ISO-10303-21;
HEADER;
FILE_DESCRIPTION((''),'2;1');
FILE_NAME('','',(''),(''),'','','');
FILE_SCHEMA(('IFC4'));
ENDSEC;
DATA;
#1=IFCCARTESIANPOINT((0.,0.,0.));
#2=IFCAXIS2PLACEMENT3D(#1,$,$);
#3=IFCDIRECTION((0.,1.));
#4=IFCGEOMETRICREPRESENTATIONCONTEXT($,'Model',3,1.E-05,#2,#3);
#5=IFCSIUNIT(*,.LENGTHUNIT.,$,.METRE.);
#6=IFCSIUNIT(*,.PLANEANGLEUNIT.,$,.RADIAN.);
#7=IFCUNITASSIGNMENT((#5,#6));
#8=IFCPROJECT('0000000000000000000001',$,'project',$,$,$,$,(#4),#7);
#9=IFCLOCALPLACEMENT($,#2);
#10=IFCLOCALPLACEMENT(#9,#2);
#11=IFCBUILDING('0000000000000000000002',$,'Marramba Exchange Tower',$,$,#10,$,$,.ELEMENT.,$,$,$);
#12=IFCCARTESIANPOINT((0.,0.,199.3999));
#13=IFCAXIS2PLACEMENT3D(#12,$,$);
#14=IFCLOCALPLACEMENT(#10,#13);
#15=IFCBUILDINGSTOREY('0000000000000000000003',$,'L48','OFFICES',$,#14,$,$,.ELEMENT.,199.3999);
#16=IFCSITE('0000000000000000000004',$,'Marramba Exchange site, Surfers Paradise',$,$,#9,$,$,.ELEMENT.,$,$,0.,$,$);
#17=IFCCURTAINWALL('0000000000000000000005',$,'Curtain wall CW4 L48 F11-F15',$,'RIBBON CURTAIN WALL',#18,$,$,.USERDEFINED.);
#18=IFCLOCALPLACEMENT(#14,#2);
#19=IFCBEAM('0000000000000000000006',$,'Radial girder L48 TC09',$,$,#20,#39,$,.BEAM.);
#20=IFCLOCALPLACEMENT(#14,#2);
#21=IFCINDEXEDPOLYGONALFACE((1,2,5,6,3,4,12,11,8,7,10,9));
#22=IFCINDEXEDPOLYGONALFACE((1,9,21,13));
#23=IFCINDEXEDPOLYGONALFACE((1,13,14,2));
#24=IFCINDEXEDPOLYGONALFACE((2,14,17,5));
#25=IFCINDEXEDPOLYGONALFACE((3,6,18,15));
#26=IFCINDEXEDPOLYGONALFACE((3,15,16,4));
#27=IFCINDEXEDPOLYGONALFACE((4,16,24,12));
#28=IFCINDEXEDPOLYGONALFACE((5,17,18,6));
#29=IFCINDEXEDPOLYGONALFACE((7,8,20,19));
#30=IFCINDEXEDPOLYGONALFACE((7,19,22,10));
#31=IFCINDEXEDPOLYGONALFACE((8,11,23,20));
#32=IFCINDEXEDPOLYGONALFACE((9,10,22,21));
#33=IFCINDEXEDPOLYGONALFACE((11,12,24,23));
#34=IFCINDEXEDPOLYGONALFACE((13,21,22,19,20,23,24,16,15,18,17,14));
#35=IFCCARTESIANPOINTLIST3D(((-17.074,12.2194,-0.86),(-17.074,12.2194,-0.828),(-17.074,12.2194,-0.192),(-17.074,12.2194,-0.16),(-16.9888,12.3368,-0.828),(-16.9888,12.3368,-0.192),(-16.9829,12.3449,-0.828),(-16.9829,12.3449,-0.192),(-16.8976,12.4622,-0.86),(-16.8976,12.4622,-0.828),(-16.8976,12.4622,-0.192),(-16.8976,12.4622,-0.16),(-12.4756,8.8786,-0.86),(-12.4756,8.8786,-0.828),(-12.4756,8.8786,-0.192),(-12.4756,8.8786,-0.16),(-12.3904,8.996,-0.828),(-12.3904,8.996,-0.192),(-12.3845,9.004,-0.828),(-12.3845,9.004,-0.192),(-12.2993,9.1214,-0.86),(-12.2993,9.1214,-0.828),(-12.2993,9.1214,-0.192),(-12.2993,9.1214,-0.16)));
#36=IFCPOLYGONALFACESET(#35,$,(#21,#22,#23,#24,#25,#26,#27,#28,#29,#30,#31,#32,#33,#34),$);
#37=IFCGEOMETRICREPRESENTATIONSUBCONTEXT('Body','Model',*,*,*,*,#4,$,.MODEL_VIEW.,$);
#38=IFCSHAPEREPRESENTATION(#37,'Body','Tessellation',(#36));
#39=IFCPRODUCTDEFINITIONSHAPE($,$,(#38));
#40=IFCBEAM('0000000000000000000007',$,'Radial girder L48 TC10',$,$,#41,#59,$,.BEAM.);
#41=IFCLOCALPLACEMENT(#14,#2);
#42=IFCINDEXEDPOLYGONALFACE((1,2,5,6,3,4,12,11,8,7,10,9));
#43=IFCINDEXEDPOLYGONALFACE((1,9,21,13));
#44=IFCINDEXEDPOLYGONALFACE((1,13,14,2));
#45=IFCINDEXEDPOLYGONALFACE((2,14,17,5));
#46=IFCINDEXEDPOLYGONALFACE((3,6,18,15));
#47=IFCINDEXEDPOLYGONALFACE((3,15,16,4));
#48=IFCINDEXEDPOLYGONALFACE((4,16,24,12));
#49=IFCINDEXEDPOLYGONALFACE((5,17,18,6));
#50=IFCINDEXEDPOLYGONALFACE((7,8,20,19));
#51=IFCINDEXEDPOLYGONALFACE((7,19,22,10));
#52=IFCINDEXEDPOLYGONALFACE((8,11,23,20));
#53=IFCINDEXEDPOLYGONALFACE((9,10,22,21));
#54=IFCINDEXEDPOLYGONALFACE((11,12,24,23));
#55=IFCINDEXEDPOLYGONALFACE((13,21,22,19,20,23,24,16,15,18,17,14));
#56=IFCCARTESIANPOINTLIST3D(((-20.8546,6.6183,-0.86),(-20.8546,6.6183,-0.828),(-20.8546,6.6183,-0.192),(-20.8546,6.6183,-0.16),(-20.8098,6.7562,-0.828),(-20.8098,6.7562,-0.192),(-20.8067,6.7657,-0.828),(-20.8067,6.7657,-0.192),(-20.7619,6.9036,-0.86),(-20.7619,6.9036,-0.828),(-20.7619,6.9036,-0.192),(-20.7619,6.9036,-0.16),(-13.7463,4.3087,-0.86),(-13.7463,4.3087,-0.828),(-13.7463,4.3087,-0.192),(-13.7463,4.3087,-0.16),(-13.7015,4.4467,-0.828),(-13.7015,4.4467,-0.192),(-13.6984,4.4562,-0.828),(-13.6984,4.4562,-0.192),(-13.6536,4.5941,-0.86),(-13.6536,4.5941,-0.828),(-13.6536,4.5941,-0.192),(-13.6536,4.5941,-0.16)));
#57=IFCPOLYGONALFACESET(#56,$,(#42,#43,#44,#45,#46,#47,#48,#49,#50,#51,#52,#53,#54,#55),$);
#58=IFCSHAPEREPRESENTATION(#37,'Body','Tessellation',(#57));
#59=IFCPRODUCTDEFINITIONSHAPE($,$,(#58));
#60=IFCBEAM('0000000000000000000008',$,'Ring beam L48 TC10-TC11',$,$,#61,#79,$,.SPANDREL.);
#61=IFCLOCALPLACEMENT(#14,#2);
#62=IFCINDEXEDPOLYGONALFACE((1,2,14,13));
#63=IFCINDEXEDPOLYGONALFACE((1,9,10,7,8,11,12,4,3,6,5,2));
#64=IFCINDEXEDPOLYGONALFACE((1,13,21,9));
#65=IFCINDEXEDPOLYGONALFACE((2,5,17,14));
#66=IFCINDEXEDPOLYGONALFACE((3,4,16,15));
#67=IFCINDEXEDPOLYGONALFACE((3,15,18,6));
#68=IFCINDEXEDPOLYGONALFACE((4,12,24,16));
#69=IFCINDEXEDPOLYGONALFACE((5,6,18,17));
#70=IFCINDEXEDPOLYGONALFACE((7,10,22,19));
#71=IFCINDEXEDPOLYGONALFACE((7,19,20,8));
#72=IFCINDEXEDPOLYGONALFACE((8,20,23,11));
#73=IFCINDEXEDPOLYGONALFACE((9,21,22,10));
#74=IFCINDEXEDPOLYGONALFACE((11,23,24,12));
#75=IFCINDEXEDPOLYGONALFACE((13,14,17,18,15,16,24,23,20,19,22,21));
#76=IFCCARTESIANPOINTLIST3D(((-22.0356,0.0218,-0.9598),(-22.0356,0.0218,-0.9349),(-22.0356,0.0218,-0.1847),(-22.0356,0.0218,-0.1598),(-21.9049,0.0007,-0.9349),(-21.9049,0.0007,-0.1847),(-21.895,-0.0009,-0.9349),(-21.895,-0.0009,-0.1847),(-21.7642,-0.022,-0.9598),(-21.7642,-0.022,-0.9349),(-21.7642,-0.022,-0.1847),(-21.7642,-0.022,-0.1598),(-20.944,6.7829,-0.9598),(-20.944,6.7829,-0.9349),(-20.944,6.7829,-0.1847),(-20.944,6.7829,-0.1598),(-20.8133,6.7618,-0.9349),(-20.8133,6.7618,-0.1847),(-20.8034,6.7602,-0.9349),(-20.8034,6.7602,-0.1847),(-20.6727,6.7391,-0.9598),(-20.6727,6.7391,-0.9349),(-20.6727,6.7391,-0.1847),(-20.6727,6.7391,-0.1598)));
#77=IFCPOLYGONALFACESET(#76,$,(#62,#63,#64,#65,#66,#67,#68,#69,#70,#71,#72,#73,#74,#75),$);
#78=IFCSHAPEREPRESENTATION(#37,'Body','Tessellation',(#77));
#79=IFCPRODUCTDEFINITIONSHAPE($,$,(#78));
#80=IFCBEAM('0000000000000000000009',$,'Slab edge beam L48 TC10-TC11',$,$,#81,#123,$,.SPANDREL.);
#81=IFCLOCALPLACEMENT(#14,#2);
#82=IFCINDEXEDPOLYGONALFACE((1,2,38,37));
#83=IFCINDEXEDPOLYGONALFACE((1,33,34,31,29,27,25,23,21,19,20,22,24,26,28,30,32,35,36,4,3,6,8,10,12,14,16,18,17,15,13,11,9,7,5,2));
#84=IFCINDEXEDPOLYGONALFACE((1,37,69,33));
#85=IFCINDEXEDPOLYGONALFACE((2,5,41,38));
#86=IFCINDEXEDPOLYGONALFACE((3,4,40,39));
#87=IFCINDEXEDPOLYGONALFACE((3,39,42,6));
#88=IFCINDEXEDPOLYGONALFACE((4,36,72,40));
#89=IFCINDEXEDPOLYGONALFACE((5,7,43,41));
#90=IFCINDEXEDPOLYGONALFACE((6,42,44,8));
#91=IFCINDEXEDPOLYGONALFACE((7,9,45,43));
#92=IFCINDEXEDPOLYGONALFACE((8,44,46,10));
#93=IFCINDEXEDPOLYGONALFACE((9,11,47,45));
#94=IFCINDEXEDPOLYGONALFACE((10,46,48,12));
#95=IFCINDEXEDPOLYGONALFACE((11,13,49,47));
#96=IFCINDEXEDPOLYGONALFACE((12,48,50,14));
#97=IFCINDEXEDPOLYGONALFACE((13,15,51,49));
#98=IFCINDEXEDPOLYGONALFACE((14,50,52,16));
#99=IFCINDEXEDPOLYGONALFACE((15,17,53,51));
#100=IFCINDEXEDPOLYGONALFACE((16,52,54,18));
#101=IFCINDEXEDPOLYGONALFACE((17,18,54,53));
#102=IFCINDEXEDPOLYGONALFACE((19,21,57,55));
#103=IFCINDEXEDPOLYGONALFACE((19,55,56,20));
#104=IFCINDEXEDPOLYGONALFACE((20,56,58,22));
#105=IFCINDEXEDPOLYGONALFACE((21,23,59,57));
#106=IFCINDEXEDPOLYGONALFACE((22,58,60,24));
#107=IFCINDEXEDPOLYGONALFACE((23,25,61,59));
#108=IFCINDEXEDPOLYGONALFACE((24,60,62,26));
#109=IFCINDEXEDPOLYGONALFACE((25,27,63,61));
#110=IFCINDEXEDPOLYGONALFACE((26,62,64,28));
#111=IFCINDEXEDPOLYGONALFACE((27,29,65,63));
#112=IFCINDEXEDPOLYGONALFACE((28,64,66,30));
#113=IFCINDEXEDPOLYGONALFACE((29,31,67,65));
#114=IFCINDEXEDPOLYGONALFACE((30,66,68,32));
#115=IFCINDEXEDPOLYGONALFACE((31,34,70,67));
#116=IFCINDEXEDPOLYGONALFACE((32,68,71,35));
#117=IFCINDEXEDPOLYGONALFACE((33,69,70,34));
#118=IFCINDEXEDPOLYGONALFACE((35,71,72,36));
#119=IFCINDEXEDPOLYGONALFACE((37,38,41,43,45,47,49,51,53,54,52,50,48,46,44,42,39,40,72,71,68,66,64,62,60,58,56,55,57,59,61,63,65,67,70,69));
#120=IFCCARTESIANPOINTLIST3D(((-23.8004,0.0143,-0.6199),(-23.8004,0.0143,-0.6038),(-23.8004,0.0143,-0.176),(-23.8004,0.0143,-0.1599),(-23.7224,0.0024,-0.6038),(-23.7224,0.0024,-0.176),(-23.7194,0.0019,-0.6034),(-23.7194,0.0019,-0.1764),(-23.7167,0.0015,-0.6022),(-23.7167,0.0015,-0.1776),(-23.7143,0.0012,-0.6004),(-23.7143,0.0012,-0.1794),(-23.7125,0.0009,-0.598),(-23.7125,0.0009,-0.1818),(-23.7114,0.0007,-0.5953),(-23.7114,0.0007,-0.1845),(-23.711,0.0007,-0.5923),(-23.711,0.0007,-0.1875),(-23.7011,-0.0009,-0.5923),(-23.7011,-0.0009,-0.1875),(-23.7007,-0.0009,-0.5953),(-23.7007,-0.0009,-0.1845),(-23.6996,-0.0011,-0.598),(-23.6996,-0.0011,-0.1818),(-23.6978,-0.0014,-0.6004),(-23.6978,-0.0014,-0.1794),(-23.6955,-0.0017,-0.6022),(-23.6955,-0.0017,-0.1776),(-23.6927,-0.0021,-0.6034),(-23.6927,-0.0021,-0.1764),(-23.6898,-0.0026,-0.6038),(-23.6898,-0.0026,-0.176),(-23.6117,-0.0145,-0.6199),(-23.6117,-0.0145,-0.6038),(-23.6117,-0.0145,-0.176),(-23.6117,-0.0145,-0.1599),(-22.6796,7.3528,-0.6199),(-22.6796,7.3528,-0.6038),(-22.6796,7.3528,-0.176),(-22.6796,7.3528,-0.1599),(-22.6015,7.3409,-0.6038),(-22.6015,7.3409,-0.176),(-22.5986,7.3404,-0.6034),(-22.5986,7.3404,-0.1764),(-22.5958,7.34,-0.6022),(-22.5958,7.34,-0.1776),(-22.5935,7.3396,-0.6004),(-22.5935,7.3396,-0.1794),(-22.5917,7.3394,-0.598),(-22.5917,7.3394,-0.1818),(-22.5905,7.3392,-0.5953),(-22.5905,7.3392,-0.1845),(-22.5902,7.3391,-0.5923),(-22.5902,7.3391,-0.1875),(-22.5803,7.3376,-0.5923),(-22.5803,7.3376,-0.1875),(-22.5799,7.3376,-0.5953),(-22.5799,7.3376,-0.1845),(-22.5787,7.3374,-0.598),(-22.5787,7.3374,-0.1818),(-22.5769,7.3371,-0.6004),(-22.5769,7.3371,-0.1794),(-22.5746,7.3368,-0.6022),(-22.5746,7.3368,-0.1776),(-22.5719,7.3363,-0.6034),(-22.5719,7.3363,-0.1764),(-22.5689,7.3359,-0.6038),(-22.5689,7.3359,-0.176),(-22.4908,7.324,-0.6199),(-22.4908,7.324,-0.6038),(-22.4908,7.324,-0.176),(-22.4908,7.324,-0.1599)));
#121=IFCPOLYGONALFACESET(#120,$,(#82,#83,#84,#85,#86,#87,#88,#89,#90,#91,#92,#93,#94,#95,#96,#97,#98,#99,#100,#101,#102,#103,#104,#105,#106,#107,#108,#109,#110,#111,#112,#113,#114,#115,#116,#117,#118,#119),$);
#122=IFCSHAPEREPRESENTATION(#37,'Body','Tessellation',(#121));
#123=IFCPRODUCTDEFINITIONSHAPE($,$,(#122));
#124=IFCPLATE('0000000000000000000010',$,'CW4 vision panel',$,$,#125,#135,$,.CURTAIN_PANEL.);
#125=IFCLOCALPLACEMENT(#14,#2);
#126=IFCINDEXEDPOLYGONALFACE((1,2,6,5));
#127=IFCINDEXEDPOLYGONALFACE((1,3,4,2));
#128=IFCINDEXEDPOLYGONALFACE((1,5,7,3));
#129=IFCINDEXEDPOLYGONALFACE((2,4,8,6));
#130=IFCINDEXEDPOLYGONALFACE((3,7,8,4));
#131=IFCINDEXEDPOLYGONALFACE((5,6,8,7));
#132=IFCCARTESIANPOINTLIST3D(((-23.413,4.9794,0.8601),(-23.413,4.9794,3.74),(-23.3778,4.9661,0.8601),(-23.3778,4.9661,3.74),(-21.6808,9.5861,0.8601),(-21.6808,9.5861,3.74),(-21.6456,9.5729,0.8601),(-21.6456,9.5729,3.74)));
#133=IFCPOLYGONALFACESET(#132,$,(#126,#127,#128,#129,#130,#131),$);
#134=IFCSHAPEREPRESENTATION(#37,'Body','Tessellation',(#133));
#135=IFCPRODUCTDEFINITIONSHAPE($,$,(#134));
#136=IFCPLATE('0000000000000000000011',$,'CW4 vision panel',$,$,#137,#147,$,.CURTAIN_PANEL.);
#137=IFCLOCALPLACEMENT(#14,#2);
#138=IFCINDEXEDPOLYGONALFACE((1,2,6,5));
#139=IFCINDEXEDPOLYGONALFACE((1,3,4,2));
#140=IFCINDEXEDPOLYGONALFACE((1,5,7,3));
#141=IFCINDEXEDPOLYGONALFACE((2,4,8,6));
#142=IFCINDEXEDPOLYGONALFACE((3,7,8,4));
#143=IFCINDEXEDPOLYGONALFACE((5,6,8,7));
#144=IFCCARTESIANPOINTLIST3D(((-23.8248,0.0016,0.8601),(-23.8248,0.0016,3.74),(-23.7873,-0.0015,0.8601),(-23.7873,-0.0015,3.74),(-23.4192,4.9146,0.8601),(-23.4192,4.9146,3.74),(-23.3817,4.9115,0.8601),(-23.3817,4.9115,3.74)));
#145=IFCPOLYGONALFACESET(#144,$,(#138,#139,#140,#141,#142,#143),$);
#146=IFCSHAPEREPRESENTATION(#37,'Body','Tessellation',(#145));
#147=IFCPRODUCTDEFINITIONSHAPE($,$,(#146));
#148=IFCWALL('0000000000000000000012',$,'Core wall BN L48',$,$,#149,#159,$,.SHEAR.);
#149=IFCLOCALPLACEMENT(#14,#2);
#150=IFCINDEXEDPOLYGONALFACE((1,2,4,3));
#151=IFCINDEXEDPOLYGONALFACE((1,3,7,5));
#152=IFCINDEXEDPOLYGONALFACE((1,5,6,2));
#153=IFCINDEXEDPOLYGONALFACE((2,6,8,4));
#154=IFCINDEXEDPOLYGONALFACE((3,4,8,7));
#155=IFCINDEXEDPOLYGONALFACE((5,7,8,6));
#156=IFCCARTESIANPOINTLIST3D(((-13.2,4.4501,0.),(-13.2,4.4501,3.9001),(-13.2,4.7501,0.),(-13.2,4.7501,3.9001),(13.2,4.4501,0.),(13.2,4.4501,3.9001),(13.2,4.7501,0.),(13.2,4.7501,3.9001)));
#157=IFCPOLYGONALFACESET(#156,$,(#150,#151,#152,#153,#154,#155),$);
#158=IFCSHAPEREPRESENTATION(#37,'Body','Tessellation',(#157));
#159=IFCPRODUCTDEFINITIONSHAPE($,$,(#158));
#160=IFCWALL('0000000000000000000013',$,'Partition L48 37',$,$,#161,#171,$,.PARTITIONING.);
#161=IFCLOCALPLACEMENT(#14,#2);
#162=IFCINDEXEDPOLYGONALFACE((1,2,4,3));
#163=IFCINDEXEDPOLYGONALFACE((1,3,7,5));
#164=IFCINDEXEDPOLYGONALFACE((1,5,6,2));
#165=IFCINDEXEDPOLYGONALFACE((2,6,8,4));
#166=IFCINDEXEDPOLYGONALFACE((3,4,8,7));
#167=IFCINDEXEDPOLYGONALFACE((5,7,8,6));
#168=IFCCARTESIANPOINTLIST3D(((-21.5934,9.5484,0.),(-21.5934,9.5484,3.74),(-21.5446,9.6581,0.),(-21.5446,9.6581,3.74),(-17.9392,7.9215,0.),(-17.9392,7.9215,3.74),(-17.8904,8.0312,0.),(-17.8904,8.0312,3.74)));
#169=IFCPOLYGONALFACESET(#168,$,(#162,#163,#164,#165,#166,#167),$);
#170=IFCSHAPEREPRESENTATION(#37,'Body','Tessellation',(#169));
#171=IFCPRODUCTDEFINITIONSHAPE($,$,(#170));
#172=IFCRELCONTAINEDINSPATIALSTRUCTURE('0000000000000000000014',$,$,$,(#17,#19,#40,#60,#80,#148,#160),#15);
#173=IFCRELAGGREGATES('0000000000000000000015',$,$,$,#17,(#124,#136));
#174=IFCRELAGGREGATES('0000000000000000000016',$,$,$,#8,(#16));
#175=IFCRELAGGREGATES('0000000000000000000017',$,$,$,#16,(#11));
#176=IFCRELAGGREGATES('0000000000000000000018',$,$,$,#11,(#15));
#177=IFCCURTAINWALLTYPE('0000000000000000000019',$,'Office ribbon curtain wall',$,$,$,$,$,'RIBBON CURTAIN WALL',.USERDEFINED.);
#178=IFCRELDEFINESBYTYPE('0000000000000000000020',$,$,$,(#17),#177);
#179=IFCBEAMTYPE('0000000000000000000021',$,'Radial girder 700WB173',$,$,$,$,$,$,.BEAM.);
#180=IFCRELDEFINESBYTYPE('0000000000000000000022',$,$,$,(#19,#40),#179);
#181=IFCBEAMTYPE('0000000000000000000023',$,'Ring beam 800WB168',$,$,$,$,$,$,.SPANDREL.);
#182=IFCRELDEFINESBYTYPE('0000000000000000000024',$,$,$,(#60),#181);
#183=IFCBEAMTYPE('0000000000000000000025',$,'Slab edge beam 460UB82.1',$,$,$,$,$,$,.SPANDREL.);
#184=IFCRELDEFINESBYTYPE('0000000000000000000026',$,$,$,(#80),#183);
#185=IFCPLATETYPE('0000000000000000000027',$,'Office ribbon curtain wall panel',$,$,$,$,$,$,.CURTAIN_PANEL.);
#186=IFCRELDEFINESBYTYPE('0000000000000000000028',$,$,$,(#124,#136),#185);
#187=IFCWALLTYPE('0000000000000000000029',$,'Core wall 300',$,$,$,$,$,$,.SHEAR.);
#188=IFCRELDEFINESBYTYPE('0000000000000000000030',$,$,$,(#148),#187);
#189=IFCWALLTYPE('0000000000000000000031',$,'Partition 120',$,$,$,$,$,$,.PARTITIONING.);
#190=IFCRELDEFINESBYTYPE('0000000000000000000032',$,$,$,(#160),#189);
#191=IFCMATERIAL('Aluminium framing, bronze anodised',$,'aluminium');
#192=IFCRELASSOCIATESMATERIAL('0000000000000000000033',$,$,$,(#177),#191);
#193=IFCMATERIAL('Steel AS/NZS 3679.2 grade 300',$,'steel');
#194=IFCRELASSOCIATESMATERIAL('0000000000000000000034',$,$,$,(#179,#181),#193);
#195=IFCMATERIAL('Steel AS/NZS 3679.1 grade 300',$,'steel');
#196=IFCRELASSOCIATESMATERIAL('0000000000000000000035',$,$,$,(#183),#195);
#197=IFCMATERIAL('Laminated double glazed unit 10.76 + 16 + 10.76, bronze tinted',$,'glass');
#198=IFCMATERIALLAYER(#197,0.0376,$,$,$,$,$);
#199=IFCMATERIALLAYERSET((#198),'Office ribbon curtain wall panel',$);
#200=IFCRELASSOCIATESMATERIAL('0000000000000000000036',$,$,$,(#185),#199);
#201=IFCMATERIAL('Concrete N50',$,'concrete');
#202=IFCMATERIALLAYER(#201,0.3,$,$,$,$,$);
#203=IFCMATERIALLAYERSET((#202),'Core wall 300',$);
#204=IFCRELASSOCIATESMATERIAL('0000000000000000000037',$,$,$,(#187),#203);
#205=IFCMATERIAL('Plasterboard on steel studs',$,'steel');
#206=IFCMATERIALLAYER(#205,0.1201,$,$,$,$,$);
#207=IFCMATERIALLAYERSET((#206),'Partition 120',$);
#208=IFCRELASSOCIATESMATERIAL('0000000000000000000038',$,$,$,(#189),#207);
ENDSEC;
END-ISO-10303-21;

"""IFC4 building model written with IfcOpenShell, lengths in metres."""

from ifc_helpers import new_model, si_unit, direction, frame, frame_2d, origin, origin_2d, place, context, subcontext, project, spatial, rectangle, i_section, extrude, material, layer, layer_set, material_profile, profile_set, type_object, element, aggregate, save


model = new_model("IFC4")

# Units and contexts
model_context = context("Model", 3, precision=1e-05, world=origin(), true_north=direction((0.0, 1.0)))
body_context = subcontext(model_context, "Body", "Model", "MODEL_VIEW")
ifc_project = project(units=[si_unit("LENGTHUNIT", "METRE"), si_unit("PLANEANGLEUNIT", "RADIAN")], contexts=[model_context])

# Site, building, storey
site_placement = place(None, origin())
site = spatial("IfcSite", under=ifc_project, at=site_placement, Name="Marramba Exchange site, Surfers Paradise", CompositionType="ELEMENT", RefElevation=0.0)
building_placement = place(site_placement, origin())
building = spatial("IfcBuilding", under=site, at=building_placement, Name="Marramba Exchange Tower", CompositionType="ELEMENT")
storey_placement = place(building_placement, frame((0.0, 0.0, 199.3999)))
storey = spatial("IfcBuildingStorey", under=building, at=storey_placement, Name="L48", Description="OFFICES", CompositionType="ELEMENT", Elevation=199.3999)

# Shared definitions
ifc_material_1 = material(Name="Concrete N50", Category="concrete")

# Shared definitions
ifc_material_2 = material(Name="Steel AS/NZS 3679.2 grade 300", Category="steel")
ifc_material_3 = material(Name="Steel AS/NZS 3679.1 grade 300", Category="steel")

# Curtain wall
ifc_material_4 = material(Name="Aluminium framing, bronze anodised", Category="aluminium")
curtain_wall_type = type_object("IfcCurtainWallType", Name="Office ribbon curtain wall", ElementType="RIBBON CURTAIN WALL", PredefinedType="USERDEFINED", material=ifc_material_4)
curtain_wall_placement = place(storey_placement, origin())
curtain_wall = element("IfcCurtainWall", 1, at=curtain_wall_placement, inside=storey, type_object=curtain_wall_type, Name="Curtain wall CW4 L48 F11-F15", ObjectType="RIBBON CURTAIN WALL", PredefinedType="USERDEFINED")

# Beams
ifc_material_profile_1 = material_profile(ifc_material_2, i_section(OverallWidth=0.3, OverallDepth=0.7, WebThickness=0.01, FlangeThickness=0.032, at=origin_2d()), Name="700WB173")
ifc_profile_set_1 = profile_set([ifc_material_profile_1], Name="Steel AS/NZS 3679.2 grade 300")
beam_type_1 = type_object("IfcBeamType", Name="Radial girder 700WB173", PredefinedType="BEAM", material=ifc_profile_set_1)
beam_1_placement = place(storey_placement, frame((-12.3875, 9.0, -0.51), z_axis=(-0.809026, 0.587773, 0.0), x_axis=(-0.587773, -0.809026, 0.0)))
element("IfcBeam", 2, at=beam_1_placement, inside=storey, type_object=beam_type_1, Name="Radial girder L48 TC09", PredefinedType="BEAM", context=body_context, shape_type="SweptSolid", body=[
    extrude(i_section(OverallWidth=0.3, OverallDepth=0.7, WebThickness=0.01, FlangeThickness=0.032, at=origin_2d()), origin(), (0.0, 0.0, 1.0), 5.6838),
])
beam_2_placement = place(storey_placement, frame((-13.7, 4.4514, -0.51), z_axis=(-0.95106, 0.309006, 0.0), x_axis=(-0.309006, -0.95106, 0.0)))
element("IfcBeam", 3, at=beam_2_placement, inside=storey, type_object=beam_type_1, Name="Radial girder L48 TC10", PredefinedType="BEAM", context=body_context, shape_type="SweptSolid", body=[
    extrude(i_section(OverallWidth=0.3, OverallDepth=0.7, WebThickness=0.01, FlangeThickness=0.032, at=origin_2d()), origin(), (0.0, 0.0, 1.0), 7.4741),
])
ifc_material_profile_2 = material_profile(ifc_material_2, i_section(OverallWidth=0.2749, OverallDepth=0.8, WebThickness=0.01, FlangeThickness=0.0249, at=origin_2d()), Name="800WB168")
ifc_profile_set_2 = profile_set([ifc_material_profile_2], Name="Steel AS/NZS 3679.2 grade 300")
beam_type_2 = type_object("IfcBeamType", Name="Ring beam 800WB168", PredefinedType="SPANDREL", material=ifc_profile_set_2)
beam_3_placement = place(storey_placement, frame((-20.8083, 6.761, -0.5598), z_axis=(-0.159385, -0.987217, 0.0), x_axis=(0.987217, -0.159385, 0.0)))
element("IfcBeam", 4, at=beam_3_placement, inside=storey, type_object=beam_type_2, Name="Ring beam L48 TC10-TC11", PredefinedType="SPANDREL", context=body_context, shape_type="SweptSolid", body=[
    extrude(i_section(OverallWidth=0.2749, OverallDepth=0.8, WebThickness=0.01, FlangeThickness=0.0249, at=origin_2d()), origin(), (0.0, 0.0, 1.0), 6.8486),
])
ifc_material_profile_3 = material_profile(ifc_material_3, i_section(OverallWidth=0.1909, OverallDepth=0.46, WebThickness=0.01, FlangeThickness=0.0161, FilletRadius=0.0115, at=origin_2d()), Name="460UB82.1")
ifc_profile_set_3 = profile_set([ifc_material_profile_3], Name="Steel AS/NZS 3679.1 grade 300")
beam_type_3 = type_object("IfcBeamType", Name="Slab edge beam 460UB82.1", PredefinedType="SPANDREL", material=ifc_profile_set_3)
beam_4_placement = place(storey_placement, frame((-22.5852, 7.3384, -0.3899), z_axis=(-0.150987, -0.988536, 0.0), x_axis=(0.988536, -0.150987, 0.0)))
element("IfcBeam", 5, at=beam_4_placement, inside=storey, type_object=beam_type_3, Name="Slab edge beam L48 TC10-TC11", PredefinedType="SPANDREL", context=body_context, shape_type="SweptSolid", body=[
    extrude(i_section(OverallWidth=0.1909, OverallDepth=0.46, WebThickness=0.01, FlangeThickness=0.0161, FilletRadius=0.0115, at=origin_2d()), origin(), (0.0, 0.0, 1.0), 7.4236),
])

# Plates
ifc_material_5 = material(Name="Laminated double glazed unit 10.76 + 16 + 10.76, bronze tinted", Category="glass")
ifc_layer_1 = layer(ifc_material_5, 0.0376)
ifc_layer_set_1 = layer_set([ifc_layer_1], Name="Office ribbon curtain wall panel")
plate_type = type_object("IfcPlateType", Name="Office ribbon curtain wall panel", PredefinedType="CURTAIN_PANEL", material=ifc_layer_set_1)
plate_1_placement = place(storey_placement, frame((-22.5293, 7.2761, 0.8601), z_axis=(0.0, 0.0, 1.0), x_axis=(-0.351952, -0.936018, 0.0)))
plate_1 = element("IfcPlate", 6, at=plate_1_placement, type_object=plate_type, Name="CW4 vision panel", PredefinedType="CURTAIN_PANEL", context=body_context, shape_type="SweptSolid", body=[
    extrude(rectangle(XDim=4.9216, YDim=0.0376, at=origin_2d()), origin(), (0.0, 0.0, 1.0), 2.8799),
])
plate_2_placement = place(storey_placement, frame((-23.6033, 2.4565, 0.8601), z_axis=(0.0, 0.0, 1.0), x_axis=(-0.082281, -0.996609, 0.0)))
plate_2 = element("IfcPlate", 7, at=plate_2_placement, type_object=plate_type, Name="CW4 vision panel", PredefinedType="CURTAIN_PANEL", context=body_context, shape_type="SweptSolid", body=[
    extrude(rectangle(XDim=4.9297, YDim=0.0376, at=origin_2d()), origin(), (0.0, 0.0, 1.0), 2.8799),
])
aggregate(curtain_wall, [plate_1, plate_2])

# Walls
ifc_layer_2 = layer(ifc_material_1, 0.3)
ifc_layer_set_2 = layer_set([ifc_layer_2], Name="Core wall 300")
wall_type_1 = type_object("IfcWallType", Name="Core wall 300", PredefinedType="SHEAR", material=ifc_layer_set_2)
wall_1_placement = place(storey_placement, frame((-13.2, 4.6001, 0.0), z_axis=(0.0, 0.0, 1.0), x_axis=(1.0, 0.0, 0.0)))
element("IfcWall", 8, at=wall_1_placement, inside=storey, type_object=wall_type_1, Name="Core wall BN L48", PredefinedType="SHEAR", context=body_context, shape_type="SweptSolid", body=[
    extrude(rectangle(XDim=26.3999, YDim=0.3, at=frame_2d((13.2, 0.0))), origin(), (0.0, 0.0, 1.0), 3.9001),
])
ifc_material_6 = material(Name="Plasterboard on steel studs", Category="steel")
ifc_layer_3 = layer(ifc_material_6, 0.1201)
ifc_layer_set_3 = layer_set([ifc_layer_3], Name="Partition 120")
wall_type_2 = type_object("IfcWallType", Name="Partition 120", PredefinedType="PARTITIONING", material=ifc_layer_set_3)
wall_2_placement = place(storey_placement, frame((-17.9148, 7.9763, 0.0), z_axis=(0.0, 0.0, 1.0), x_axis=(-0.91355, 0.406727, 0.0)))
element("IfcWall", 9, at=wall_2_placement, inside=storey, type_object=wall_type_2, Name="Partition L48 37", PredefinedType="PARTITIONING", context=body_context, shape_type="SweptSolid", body=[
    extrude(rectangle(XDim=4.0, YDim=0.1201, at=frame_2d((2.0, 0.0))), origin(), (0.0, 0.0, 1.0), 3.74),
])

save(model, "model.ifc")
